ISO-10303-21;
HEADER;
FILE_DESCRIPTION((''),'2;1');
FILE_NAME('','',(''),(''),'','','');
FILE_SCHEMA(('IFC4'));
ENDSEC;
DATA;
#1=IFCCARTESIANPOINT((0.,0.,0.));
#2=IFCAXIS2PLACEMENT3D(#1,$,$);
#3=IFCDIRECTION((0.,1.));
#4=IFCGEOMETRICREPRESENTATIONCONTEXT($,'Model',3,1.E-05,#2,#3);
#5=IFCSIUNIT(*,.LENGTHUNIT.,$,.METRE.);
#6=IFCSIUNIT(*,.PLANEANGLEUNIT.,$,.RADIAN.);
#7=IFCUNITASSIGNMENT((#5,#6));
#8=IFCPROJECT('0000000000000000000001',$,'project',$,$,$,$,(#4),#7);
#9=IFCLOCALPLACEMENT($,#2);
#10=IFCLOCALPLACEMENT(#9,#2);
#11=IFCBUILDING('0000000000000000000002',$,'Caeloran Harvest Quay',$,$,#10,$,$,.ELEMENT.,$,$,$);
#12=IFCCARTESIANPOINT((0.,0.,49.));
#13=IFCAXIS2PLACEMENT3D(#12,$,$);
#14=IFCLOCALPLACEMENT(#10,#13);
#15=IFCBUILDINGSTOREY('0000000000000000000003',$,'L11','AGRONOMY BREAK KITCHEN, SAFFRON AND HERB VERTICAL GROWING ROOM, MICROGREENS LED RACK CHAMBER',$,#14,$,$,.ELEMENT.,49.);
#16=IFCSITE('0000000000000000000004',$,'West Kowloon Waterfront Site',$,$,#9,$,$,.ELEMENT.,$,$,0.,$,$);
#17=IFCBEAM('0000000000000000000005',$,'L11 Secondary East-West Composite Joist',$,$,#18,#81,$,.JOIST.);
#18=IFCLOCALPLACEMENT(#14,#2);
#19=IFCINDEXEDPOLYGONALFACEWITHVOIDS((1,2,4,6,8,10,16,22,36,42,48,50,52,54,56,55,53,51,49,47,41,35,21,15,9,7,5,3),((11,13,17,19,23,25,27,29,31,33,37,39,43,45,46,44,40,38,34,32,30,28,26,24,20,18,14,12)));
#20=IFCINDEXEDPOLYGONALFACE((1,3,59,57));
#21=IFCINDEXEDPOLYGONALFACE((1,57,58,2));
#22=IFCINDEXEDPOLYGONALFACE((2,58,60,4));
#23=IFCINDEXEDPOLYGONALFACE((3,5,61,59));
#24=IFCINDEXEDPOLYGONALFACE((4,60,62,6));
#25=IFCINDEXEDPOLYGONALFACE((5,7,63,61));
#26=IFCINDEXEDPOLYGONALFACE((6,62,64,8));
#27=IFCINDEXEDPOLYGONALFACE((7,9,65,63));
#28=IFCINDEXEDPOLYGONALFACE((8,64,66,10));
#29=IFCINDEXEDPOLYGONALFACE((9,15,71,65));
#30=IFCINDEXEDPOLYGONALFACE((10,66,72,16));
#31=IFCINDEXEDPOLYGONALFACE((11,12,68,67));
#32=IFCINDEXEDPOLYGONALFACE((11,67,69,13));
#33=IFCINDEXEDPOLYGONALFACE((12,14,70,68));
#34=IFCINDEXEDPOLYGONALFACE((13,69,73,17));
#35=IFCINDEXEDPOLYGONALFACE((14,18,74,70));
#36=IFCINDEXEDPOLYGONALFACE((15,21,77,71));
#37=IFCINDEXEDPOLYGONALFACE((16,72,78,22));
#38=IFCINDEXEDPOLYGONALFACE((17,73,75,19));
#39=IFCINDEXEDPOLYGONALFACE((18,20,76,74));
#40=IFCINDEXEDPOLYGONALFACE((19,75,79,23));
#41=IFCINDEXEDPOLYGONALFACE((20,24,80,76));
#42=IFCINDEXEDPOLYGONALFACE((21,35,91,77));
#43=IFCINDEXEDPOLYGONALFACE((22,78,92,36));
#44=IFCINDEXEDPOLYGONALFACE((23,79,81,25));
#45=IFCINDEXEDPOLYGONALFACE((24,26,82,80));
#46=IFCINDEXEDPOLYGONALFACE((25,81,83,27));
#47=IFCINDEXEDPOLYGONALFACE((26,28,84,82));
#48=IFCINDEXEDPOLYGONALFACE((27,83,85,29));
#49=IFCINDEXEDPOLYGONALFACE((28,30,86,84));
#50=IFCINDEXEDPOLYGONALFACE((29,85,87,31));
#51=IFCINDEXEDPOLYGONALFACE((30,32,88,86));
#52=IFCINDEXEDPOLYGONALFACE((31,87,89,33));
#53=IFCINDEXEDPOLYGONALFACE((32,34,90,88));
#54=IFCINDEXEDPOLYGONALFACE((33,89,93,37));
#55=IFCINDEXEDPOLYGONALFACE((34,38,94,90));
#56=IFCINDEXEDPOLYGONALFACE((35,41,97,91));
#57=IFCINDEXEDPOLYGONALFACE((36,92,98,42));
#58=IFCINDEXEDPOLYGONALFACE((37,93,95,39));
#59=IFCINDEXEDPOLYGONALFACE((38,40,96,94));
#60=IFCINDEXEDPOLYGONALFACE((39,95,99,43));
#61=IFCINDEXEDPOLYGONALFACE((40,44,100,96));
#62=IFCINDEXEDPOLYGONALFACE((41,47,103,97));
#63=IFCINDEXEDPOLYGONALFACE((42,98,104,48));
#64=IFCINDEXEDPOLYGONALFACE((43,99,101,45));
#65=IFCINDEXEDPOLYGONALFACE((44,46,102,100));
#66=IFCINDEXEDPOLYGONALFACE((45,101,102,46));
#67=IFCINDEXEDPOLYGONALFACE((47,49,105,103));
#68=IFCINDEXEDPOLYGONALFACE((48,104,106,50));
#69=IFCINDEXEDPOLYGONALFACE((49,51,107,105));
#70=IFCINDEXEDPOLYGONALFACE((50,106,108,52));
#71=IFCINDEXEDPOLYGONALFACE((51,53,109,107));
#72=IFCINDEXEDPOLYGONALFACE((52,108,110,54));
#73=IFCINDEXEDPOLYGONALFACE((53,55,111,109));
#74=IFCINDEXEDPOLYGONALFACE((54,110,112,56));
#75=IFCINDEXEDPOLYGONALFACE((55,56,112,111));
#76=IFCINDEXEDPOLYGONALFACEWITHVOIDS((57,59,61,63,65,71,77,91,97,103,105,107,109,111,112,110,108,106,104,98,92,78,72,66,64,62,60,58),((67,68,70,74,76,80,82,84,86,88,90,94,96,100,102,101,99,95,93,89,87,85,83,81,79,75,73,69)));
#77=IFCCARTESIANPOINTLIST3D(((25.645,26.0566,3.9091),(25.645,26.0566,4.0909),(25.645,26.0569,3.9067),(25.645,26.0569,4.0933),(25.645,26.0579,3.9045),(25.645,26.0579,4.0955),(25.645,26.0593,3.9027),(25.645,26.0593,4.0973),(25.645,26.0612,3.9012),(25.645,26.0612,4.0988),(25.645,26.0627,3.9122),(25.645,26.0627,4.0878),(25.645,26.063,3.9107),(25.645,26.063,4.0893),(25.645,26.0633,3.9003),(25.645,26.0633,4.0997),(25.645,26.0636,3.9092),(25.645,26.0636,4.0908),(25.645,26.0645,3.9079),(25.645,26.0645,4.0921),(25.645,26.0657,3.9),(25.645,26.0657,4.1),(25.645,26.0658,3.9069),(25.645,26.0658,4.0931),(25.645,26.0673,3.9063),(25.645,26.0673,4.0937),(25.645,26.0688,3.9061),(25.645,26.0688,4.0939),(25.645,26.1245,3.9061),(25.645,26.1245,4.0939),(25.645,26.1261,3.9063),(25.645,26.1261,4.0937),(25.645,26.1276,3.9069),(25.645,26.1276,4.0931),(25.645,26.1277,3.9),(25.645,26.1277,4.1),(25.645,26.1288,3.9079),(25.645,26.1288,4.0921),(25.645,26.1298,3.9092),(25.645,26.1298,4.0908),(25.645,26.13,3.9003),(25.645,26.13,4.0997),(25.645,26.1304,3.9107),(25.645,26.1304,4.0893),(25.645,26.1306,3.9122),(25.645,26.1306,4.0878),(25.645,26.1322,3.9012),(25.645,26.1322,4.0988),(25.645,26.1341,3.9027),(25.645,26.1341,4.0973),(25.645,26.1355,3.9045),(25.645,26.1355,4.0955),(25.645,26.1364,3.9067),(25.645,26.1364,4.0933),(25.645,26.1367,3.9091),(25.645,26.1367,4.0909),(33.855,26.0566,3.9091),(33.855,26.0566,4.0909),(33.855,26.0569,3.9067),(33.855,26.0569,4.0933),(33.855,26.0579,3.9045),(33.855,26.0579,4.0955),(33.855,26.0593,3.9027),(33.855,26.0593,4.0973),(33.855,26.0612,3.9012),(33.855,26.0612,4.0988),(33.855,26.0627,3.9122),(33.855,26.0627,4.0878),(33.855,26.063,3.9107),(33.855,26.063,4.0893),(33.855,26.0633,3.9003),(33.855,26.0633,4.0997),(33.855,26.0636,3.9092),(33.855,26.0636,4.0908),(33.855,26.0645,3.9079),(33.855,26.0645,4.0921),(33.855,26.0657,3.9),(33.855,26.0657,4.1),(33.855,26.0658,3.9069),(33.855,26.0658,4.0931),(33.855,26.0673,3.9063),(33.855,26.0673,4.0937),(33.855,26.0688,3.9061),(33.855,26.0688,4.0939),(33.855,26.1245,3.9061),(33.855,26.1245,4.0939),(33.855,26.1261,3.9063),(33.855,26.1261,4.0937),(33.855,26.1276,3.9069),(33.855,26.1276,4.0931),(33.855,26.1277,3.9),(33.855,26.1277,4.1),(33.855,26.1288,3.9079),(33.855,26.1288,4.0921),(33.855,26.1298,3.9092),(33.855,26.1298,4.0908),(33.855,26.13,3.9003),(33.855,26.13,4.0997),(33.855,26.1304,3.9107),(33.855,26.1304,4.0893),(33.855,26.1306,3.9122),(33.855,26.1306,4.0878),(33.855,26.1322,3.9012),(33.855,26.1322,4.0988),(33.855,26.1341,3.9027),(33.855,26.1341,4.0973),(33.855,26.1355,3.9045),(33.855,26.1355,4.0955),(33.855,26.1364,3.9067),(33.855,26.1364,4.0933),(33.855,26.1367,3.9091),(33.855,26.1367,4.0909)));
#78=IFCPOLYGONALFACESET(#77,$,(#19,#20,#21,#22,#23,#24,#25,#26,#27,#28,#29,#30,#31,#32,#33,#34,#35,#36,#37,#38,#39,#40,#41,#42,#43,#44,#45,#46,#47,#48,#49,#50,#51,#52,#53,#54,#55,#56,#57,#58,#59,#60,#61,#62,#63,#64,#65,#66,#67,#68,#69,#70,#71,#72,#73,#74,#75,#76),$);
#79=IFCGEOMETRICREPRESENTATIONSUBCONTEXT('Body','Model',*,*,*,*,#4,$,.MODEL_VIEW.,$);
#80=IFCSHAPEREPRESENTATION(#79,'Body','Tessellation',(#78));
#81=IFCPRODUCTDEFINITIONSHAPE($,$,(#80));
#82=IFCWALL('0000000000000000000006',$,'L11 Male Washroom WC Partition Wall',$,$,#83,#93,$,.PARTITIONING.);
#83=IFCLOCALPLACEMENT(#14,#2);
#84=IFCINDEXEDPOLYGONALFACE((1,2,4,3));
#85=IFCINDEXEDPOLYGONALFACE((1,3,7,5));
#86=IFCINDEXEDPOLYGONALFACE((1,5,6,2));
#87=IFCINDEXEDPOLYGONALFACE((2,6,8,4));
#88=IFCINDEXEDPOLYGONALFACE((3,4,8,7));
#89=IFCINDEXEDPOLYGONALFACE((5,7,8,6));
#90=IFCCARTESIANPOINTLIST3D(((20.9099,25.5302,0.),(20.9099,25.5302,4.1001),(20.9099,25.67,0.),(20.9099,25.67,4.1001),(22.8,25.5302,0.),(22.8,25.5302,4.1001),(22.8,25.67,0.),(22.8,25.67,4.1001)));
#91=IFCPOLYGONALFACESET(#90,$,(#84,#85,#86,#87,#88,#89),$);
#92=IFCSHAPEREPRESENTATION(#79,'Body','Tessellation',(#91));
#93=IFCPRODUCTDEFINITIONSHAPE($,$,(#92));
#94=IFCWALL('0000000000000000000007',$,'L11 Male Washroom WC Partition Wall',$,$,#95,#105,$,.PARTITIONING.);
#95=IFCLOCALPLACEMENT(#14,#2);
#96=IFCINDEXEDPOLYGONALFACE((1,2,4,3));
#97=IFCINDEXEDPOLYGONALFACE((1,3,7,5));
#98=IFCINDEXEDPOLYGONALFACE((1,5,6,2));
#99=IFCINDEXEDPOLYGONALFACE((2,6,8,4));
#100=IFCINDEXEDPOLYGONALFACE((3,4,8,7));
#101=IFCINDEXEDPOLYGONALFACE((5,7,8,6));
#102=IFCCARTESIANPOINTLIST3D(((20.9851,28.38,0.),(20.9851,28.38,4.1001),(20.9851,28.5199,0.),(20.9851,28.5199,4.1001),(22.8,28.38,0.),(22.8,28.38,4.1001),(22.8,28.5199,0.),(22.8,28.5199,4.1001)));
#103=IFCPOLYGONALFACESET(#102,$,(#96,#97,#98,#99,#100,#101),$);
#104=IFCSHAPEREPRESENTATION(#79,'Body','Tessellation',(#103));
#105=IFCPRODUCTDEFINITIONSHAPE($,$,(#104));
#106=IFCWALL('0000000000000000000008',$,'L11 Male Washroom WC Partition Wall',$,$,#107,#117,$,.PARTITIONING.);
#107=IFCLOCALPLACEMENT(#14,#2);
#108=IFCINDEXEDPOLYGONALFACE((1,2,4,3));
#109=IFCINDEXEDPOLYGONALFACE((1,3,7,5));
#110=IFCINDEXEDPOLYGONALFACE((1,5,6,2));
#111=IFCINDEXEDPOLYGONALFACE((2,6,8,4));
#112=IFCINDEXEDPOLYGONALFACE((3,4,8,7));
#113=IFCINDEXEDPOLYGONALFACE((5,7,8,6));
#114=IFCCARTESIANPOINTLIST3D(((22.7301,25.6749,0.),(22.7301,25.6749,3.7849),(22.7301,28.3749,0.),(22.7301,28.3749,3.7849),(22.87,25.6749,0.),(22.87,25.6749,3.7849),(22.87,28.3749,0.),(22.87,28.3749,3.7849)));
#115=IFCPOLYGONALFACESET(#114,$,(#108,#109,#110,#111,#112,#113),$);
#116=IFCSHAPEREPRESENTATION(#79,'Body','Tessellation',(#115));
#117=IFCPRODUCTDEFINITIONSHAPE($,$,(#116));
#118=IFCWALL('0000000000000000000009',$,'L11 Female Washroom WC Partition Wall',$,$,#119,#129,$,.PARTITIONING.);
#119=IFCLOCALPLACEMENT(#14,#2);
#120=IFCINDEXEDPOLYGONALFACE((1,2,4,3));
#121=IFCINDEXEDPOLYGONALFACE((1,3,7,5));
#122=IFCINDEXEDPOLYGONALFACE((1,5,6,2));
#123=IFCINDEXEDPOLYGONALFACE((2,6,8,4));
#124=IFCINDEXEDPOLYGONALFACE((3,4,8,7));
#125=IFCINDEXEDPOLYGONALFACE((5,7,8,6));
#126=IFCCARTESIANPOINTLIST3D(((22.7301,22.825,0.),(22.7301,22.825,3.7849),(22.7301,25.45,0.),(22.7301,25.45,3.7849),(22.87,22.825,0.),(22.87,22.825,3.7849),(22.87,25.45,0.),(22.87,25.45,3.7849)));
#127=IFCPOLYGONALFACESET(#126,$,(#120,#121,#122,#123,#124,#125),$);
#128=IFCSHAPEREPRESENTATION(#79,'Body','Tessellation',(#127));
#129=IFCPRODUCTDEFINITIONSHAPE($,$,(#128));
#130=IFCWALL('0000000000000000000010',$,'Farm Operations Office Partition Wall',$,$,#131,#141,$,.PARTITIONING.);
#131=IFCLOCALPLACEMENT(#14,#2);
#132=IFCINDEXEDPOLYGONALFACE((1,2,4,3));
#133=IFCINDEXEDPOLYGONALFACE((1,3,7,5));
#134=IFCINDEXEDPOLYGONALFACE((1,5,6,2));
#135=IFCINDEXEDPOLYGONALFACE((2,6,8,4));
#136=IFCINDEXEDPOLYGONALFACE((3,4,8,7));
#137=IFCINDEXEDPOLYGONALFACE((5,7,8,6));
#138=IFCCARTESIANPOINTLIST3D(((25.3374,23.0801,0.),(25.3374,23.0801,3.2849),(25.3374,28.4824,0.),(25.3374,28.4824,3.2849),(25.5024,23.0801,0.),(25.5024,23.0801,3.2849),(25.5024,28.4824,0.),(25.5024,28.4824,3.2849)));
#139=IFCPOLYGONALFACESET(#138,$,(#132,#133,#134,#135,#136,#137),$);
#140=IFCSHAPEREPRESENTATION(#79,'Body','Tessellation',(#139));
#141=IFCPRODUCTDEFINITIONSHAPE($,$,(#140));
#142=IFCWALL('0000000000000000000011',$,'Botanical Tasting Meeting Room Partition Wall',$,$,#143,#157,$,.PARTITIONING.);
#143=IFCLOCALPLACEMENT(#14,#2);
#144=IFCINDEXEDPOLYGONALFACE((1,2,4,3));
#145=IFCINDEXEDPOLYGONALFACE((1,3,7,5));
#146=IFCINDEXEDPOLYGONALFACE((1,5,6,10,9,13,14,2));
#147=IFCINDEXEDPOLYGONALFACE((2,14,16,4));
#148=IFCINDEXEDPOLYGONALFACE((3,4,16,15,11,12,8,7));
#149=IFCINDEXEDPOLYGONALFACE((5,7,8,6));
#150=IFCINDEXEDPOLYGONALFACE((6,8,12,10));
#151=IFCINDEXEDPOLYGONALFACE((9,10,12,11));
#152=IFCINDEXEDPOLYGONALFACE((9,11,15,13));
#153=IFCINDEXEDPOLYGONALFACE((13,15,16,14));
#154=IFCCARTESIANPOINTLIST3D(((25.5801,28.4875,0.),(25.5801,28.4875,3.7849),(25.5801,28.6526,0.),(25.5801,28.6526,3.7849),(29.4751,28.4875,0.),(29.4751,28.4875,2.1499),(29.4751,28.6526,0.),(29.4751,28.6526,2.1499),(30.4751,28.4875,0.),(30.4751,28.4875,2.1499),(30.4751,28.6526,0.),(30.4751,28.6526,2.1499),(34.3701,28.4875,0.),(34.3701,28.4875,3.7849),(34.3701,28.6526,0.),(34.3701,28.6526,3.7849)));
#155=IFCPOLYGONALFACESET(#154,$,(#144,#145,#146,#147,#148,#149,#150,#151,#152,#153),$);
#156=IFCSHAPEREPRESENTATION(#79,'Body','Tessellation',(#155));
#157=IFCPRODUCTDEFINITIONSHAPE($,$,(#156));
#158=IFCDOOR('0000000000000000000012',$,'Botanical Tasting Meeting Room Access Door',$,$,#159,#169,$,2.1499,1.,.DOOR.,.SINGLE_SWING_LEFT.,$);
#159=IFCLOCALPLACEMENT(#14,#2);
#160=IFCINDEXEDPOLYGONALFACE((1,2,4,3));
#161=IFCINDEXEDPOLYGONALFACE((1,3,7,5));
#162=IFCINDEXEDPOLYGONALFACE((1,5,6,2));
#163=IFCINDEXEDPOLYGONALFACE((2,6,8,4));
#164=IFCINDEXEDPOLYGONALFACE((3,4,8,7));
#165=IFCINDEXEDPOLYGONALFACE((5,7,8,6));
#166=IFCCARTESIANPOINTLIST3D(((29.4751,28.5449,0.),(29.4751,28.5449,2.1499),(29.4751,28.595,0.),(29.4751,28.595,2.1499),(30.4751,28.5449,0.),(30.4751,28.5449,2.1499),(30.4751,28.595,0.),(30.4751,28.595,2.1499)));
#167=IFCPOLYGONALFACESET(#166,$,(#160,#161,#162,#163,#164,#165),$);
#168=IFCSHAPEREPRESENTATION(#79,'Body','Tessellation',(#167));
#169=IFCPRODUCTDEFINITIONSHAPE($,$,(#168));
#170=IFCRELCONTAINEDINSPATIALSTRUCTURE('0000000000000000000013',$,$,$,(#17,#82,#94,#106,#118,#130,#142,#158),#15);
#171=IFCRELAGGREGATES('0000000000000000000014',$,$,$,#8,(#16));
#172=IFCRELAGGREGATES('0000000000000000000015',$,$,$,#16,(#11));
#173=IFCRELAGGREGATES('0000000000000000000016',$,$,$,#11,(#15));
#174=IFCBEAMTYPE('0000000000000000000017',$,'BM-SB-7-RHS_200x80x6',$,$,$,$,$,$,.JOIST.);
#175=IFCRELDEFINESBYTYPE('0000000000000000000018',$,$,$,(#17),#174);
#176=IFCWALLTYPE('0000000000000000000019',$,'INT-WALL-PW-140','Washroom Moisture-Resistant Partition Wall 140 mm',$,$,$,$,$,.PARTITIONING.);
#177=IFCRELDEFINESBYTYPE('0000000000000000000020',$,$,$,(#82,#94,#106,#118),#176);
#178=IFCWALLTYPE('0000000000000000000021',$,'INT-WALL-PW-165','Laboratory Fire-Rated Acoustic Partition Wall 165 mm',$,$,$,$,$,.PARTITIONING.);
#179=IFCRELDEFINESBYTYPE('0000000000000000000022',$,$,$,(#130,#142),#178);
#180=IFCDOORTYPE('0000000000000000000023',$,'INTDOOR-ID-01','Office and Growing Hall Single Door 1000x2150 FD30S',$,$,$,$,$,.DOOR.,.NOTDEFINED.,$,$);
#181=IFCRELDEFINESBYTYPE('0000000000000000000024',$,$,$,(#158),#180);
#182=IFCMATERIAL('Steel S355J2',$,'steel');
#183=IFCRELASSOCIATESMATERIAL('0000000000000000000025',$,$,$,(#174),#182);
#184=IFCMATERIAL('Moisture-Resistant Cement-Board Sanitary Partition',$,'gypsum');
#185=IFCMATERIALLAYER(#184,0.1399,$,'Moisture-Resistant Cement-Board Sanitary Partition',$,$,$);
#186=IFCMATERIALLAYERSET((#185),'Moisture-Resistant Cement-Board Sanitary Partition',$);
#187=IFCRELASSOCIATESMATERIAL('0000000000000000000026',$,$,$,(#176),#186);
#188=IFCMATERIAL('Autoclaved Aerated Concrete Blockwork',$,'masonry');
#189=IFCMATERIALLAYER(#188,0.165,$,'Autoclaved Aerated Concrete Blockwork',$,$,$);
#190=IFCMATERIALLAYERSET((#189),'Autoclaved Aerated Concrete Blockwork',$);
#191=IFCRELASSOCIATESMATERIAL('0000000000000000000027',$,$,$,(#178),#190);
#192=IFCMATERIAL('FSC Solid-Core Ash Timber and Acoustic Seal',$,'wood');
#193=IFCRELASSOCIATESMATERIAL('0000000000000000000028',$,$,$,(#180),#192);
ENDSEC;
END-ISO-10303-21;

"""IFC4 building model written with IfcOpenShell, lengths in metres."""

from ifc_helpers import new_model, si_unit, direction, frame, frame_2d, origin, origin_2d, place, context, subcontext, project, spatial, rectangle, hollow_rectangle, extrude, material, layer, layer_set, material_profile, profile_set, type_object, element, fill, save


model = new_model("IFC4")

# Units and contexts
model_context = context("Model", 3, precision=1e-05, world=origin(), true_north=direction((0.0, 1.0)))
body_context = subcontext(model_context, "Body", "Model", "MODEL_VIEW")
ifc_project = project(units=[si_unit("LENGTHUNIT", "METRE"), si_unit("PLANEANGLEUNIT", "RADIAN")], contexts=[model_context])

# Site, building, storey
site_placement = place(None, origin())
site = spatial("IfcSite", under=ifc_project, at=site_placement, Name="West Kowloon Waterfront Site", CompositionType="ELEMENT", RefElevation=0.0)
building_placement = place(site_placement, origin())
building = spatial("IfcBuilding", under=site, at=building_placement, Name="Caeloran Harvest Quay", CompositionType="ELEMENT")
storey_placement = place(building_placement, frame((0.0, 0.0, 49.0)))
storey = spatial("IfcBuildingStorey", under=building, at=storey_placement, Name="L11", Description="AGRONOMY BREAK KITCHEN, SAFFRON AND HERB VERTICAL GROWING ROOM, MICROGREENS LED RACK CHAMBER", CompositionType="ELEMENT", Elevation=49.0)

# Beam
ifc_material_1 = material(Name="Steel S355J2", Category="steel")
ifc_material_profile_1 = material_profile(ifc_material_1, hollow_rectangle(XDim=0.0801, YDim=0.2, WallThickness=0.0061, InnerFilletRadius=0.0061, OuterFilletRadius=0.009, at=origin_2d()), Name="RHS 200x80x6")
ifc_profile_set_1 = profile_set([ifc_material_profile_1], Name="Steel S355J2")
beam_type_1 = type_object("IfcBeamType", Name="BM-SB-7-RHS_200x80x6", PredefinedType="JOIST", material=ifc_profile_set_1)
for number, where, z_axis, x_axis, name in (
    (1, (25.645, 26.0967, 4.0), (1.0, 0.0, 0.0), (0.0, 1.0, 0.0), "L11 Secondary East-West Composite Joist"),
):
    element("IfcBeam", number, at=place(storey_placement, frame(where, z_axis=z_axis, x_axis=x_axis)), inside=storey, type_object=beam_type_1, Name=name, PredefinedType="JOIST", context=body_context, shape_type="SweptSolid", body=[
        extrude(hollow_rectangle(XDim=0.0801, YDim=0.2, WallThickness=0.0061, InnerFilletRadius=0.0061, OuterFilletRadius=0.009, at=origin_2d()), origin(), (0.0, 0.0, 1.0), 8.21),
    ])

# Wall
ifc_material_2 = material(Name="Moisture-Resistant Cement-Board Sanitary Partition", Category="gypsum")
ifc_layer_1 = layer(ifc_material_2, 0.1399, Name="Moisture-Resistant Cement-Board Sanitary Partition")
ifc_layer_set_1 = layer_set([ifc_layer_1], Name="Moisture-Resistant Cement-Board Sanitary Partition")
wall_type_1 = type_object("IfcWallType", Name="INT-WALL-PW-140", Description="Washroom Moisture-Resistant Partition Wall 140 mm", PredefinedType="PARTITIONING", material=ifc_layer_set_1)
wall_1_placement = place(storey_placement, frame((22.8, 25.6001, 0.0), z_axis=(0.0, 0.0, 1.0), x_axis=(-1.0, 0.0, 0.0)))
element("IfcWall", 2, at=wall_1_placement, inside=storey, type_object=wall_type_1, Name="L11 Male Washroom WC Partition Wall", PredefinedType="PARTITIONING", context=body_context, shape_type="SweptSolid", body=[
    extrude(rectangle(XDim=1.8901, YDim=0.1399, at=frame_2d((0.9451, 0.0))), origin(), (0.0, 0.0, 1.0), 4.1001),
])

# Walls
wall_2_placement = place(storey_placement, frame((20.9851, 28.45, 0.0), z_axis=(0.0, 0.0, 1.0), x_axis=(1.0, 0.0, 0.0)))
element("IfcWall", 3, at=wall_2_placement, inside=storey, type_object=wall_type_1, Name="L11 Male Washroom WC Partition Wall", PredefinedType="PARTITIONING", context=body_context, shape_type="SweptSolid", body=[
    extrude(rectangle(XDim=1.8149, YDim=0.1399, at=frame_2d((0.9075, 0.0))), origin(), (0.0, 0.0, 1.0), 4.1001),
])
wall_3_placement = place(storey_placement, frame((22.8, 28.375, 0.0), z_axis=(0.0, 0.0, 1.0), x_axis=(0.0, -1.0, 0.0)))
element("IfcWall", 4, at=wall_3_placement, inside=storey, type_object=wall_type_1, Name="L11 Male Washroom WC Partition Wall", PredefinedType="PARTITIONING", context=body_context, shape_type="SweptSolid", body=[
    extrude(rectangle(XDim=2.7, YDim=0.1399, at=frame_2d((1.3501, 0.0))), origin(), (0.0, 0.0, 1.0), 3.7849),
])
wall_4_placement = place(storey_placement, frame((22.8, 25.45, 0.0), z_axis=(0.0, 0.0, 1.0), x_axis=(0.0, -1.0, 0.0)))
element("IfcWall", 5, at=wall_4_placement, inside=storey, type_object=wall_type_1, Name="L11 Female Washroom WC Partition Wall", PredefinedType="PARTITIONING", context=body_context, shape_type="SweptSolid", body=[
    extrude(rectangle(XDim=2.625, YDim=0.1399, at=frame_2d((1.3125, 0.0))), origin(), (0.0, 0.0, 1.0), 3.7849),
])

# Shared definitions
ifc_material_3 = material(Name="Autoclaved Aerated Concrete Blockwork", Category="masonry")
ifc_layer_2 = layer(ifc_material_3, 0.165, Name="Autoclaved Aerated Concrete Blockwork")
ifc_layer_set_2 = layer_set([ifc_layer_2], Name="Autoclaved Aerated Concrete Blockwork")
wall_type_2 = type_object("IfcWallType", Name="INT-WALL-PW-165", Description="Laboratory Fire-Rated Acoustic Partition Wall 165 mm", PredefinedType="PARTITIONING", material=ifc_layer_set_2)
ifc_material_4 = material(Name="FSC Solid-Core Ash Timber and Acoustic Seal", Category="wood")
door_type_1 = type_object("IfcDoorType", Name="INTDOOR-ID-01", Description="Office and Growing Hall Single Door 1000x2150 FD30S", OperationType="NOTDEFINED", PredefinedType="DOOR", material=ifc_material_4)

# Wall
wall_5_placement = place(storey_placement, frame((25.4199, 28.4824, 0.0), z_axis=(0.0, 0.0, 1.0), x_axis=(0.0, -1.0, 0.0)))
element("IfcWall", 6, at=wall_5_placement, inside=storey, type_object=wall_type_2, Name="Farm Operations Office Partition Wall", PredefinedType="PARTITIONING", context=body_context, shape_type="SweptSolid", body=[
    extrude(rectangle(XDim=5.4023, YDim=0.165, at=frame_2d((2.7012, 0.0))), origin(), (0.0, 0.0, 1.0), 3.2849),
])

# Wall, opening, door
wall_6_placement = place(storey_placement, frame((25.5801, 28.5701, 0.0), z_axis=(0.0, 0.0, 1.0), x_axis=(1.0, 0.0, 0.0)))
wall_6 = element("IfcWall", 7, at=wall_6_placement, inside=storey, type_object=wall_type_2, Name="Botanical Tasting Meeting Room Partition Wall", PredefinedType="PARTITIONING", context=body_context, shape_type="SweptSolid", body=[
    extrude(rectangle(XDim=8.79, YDim=0.165, at=frame_2d((4.395, 0.0))), origin(), (0.0, 0.0, 1.0), 3.7849),
])
opening_1_placement = place(wall_6_placement, frame((3.895, 0.0, 0.0)))
opening_1 = element("IfcOpeningElement", 8, at=opening_1_placement, cuts=wall_6, PredefinedType="OPENING", context=body_context, shape_type="SweptSolid", body=[
    extrude(rectangle(XDim=1.0, YDim=2.1499, at=frame_2d((0.5, 1.075))), frame((0.0, 0.0925, 0.0), z_axis=(0.0, -1.0, 0.0), x_axis=(1.0, 0.0, 0.0)), (0.0, 0.0, 1.0), 0.1851),
])
door_1_placement = place(opening_1_placement, origin())
door_1 = element("IfcDoor", 9, at=door_1_placement, inside=storey, type_object=door_type_1, Name="Botanical Tasting Meeting Room Access Door", OperationType="SINGLE_SWING_LEFT", OverallHeight=2.1499, OverallWidth=1.0, PredefinedType="DOOR", context=body_context, shape_type="SweptSolid", body=[
    extrude(rectangle(XDim=1.0, YDim=2.1499, at=frame_2d((0.5, 1.075))), frame((0.0, 0.0249, 0.0), z_axis=(0.0, -1.0, 0.0), x_axis=(1.0, 0.0, 0.0)), (0.0, 0.0, 1.0), 0.05),
])
fill(opening_1, door_1)

save(model, "model.ifc")
